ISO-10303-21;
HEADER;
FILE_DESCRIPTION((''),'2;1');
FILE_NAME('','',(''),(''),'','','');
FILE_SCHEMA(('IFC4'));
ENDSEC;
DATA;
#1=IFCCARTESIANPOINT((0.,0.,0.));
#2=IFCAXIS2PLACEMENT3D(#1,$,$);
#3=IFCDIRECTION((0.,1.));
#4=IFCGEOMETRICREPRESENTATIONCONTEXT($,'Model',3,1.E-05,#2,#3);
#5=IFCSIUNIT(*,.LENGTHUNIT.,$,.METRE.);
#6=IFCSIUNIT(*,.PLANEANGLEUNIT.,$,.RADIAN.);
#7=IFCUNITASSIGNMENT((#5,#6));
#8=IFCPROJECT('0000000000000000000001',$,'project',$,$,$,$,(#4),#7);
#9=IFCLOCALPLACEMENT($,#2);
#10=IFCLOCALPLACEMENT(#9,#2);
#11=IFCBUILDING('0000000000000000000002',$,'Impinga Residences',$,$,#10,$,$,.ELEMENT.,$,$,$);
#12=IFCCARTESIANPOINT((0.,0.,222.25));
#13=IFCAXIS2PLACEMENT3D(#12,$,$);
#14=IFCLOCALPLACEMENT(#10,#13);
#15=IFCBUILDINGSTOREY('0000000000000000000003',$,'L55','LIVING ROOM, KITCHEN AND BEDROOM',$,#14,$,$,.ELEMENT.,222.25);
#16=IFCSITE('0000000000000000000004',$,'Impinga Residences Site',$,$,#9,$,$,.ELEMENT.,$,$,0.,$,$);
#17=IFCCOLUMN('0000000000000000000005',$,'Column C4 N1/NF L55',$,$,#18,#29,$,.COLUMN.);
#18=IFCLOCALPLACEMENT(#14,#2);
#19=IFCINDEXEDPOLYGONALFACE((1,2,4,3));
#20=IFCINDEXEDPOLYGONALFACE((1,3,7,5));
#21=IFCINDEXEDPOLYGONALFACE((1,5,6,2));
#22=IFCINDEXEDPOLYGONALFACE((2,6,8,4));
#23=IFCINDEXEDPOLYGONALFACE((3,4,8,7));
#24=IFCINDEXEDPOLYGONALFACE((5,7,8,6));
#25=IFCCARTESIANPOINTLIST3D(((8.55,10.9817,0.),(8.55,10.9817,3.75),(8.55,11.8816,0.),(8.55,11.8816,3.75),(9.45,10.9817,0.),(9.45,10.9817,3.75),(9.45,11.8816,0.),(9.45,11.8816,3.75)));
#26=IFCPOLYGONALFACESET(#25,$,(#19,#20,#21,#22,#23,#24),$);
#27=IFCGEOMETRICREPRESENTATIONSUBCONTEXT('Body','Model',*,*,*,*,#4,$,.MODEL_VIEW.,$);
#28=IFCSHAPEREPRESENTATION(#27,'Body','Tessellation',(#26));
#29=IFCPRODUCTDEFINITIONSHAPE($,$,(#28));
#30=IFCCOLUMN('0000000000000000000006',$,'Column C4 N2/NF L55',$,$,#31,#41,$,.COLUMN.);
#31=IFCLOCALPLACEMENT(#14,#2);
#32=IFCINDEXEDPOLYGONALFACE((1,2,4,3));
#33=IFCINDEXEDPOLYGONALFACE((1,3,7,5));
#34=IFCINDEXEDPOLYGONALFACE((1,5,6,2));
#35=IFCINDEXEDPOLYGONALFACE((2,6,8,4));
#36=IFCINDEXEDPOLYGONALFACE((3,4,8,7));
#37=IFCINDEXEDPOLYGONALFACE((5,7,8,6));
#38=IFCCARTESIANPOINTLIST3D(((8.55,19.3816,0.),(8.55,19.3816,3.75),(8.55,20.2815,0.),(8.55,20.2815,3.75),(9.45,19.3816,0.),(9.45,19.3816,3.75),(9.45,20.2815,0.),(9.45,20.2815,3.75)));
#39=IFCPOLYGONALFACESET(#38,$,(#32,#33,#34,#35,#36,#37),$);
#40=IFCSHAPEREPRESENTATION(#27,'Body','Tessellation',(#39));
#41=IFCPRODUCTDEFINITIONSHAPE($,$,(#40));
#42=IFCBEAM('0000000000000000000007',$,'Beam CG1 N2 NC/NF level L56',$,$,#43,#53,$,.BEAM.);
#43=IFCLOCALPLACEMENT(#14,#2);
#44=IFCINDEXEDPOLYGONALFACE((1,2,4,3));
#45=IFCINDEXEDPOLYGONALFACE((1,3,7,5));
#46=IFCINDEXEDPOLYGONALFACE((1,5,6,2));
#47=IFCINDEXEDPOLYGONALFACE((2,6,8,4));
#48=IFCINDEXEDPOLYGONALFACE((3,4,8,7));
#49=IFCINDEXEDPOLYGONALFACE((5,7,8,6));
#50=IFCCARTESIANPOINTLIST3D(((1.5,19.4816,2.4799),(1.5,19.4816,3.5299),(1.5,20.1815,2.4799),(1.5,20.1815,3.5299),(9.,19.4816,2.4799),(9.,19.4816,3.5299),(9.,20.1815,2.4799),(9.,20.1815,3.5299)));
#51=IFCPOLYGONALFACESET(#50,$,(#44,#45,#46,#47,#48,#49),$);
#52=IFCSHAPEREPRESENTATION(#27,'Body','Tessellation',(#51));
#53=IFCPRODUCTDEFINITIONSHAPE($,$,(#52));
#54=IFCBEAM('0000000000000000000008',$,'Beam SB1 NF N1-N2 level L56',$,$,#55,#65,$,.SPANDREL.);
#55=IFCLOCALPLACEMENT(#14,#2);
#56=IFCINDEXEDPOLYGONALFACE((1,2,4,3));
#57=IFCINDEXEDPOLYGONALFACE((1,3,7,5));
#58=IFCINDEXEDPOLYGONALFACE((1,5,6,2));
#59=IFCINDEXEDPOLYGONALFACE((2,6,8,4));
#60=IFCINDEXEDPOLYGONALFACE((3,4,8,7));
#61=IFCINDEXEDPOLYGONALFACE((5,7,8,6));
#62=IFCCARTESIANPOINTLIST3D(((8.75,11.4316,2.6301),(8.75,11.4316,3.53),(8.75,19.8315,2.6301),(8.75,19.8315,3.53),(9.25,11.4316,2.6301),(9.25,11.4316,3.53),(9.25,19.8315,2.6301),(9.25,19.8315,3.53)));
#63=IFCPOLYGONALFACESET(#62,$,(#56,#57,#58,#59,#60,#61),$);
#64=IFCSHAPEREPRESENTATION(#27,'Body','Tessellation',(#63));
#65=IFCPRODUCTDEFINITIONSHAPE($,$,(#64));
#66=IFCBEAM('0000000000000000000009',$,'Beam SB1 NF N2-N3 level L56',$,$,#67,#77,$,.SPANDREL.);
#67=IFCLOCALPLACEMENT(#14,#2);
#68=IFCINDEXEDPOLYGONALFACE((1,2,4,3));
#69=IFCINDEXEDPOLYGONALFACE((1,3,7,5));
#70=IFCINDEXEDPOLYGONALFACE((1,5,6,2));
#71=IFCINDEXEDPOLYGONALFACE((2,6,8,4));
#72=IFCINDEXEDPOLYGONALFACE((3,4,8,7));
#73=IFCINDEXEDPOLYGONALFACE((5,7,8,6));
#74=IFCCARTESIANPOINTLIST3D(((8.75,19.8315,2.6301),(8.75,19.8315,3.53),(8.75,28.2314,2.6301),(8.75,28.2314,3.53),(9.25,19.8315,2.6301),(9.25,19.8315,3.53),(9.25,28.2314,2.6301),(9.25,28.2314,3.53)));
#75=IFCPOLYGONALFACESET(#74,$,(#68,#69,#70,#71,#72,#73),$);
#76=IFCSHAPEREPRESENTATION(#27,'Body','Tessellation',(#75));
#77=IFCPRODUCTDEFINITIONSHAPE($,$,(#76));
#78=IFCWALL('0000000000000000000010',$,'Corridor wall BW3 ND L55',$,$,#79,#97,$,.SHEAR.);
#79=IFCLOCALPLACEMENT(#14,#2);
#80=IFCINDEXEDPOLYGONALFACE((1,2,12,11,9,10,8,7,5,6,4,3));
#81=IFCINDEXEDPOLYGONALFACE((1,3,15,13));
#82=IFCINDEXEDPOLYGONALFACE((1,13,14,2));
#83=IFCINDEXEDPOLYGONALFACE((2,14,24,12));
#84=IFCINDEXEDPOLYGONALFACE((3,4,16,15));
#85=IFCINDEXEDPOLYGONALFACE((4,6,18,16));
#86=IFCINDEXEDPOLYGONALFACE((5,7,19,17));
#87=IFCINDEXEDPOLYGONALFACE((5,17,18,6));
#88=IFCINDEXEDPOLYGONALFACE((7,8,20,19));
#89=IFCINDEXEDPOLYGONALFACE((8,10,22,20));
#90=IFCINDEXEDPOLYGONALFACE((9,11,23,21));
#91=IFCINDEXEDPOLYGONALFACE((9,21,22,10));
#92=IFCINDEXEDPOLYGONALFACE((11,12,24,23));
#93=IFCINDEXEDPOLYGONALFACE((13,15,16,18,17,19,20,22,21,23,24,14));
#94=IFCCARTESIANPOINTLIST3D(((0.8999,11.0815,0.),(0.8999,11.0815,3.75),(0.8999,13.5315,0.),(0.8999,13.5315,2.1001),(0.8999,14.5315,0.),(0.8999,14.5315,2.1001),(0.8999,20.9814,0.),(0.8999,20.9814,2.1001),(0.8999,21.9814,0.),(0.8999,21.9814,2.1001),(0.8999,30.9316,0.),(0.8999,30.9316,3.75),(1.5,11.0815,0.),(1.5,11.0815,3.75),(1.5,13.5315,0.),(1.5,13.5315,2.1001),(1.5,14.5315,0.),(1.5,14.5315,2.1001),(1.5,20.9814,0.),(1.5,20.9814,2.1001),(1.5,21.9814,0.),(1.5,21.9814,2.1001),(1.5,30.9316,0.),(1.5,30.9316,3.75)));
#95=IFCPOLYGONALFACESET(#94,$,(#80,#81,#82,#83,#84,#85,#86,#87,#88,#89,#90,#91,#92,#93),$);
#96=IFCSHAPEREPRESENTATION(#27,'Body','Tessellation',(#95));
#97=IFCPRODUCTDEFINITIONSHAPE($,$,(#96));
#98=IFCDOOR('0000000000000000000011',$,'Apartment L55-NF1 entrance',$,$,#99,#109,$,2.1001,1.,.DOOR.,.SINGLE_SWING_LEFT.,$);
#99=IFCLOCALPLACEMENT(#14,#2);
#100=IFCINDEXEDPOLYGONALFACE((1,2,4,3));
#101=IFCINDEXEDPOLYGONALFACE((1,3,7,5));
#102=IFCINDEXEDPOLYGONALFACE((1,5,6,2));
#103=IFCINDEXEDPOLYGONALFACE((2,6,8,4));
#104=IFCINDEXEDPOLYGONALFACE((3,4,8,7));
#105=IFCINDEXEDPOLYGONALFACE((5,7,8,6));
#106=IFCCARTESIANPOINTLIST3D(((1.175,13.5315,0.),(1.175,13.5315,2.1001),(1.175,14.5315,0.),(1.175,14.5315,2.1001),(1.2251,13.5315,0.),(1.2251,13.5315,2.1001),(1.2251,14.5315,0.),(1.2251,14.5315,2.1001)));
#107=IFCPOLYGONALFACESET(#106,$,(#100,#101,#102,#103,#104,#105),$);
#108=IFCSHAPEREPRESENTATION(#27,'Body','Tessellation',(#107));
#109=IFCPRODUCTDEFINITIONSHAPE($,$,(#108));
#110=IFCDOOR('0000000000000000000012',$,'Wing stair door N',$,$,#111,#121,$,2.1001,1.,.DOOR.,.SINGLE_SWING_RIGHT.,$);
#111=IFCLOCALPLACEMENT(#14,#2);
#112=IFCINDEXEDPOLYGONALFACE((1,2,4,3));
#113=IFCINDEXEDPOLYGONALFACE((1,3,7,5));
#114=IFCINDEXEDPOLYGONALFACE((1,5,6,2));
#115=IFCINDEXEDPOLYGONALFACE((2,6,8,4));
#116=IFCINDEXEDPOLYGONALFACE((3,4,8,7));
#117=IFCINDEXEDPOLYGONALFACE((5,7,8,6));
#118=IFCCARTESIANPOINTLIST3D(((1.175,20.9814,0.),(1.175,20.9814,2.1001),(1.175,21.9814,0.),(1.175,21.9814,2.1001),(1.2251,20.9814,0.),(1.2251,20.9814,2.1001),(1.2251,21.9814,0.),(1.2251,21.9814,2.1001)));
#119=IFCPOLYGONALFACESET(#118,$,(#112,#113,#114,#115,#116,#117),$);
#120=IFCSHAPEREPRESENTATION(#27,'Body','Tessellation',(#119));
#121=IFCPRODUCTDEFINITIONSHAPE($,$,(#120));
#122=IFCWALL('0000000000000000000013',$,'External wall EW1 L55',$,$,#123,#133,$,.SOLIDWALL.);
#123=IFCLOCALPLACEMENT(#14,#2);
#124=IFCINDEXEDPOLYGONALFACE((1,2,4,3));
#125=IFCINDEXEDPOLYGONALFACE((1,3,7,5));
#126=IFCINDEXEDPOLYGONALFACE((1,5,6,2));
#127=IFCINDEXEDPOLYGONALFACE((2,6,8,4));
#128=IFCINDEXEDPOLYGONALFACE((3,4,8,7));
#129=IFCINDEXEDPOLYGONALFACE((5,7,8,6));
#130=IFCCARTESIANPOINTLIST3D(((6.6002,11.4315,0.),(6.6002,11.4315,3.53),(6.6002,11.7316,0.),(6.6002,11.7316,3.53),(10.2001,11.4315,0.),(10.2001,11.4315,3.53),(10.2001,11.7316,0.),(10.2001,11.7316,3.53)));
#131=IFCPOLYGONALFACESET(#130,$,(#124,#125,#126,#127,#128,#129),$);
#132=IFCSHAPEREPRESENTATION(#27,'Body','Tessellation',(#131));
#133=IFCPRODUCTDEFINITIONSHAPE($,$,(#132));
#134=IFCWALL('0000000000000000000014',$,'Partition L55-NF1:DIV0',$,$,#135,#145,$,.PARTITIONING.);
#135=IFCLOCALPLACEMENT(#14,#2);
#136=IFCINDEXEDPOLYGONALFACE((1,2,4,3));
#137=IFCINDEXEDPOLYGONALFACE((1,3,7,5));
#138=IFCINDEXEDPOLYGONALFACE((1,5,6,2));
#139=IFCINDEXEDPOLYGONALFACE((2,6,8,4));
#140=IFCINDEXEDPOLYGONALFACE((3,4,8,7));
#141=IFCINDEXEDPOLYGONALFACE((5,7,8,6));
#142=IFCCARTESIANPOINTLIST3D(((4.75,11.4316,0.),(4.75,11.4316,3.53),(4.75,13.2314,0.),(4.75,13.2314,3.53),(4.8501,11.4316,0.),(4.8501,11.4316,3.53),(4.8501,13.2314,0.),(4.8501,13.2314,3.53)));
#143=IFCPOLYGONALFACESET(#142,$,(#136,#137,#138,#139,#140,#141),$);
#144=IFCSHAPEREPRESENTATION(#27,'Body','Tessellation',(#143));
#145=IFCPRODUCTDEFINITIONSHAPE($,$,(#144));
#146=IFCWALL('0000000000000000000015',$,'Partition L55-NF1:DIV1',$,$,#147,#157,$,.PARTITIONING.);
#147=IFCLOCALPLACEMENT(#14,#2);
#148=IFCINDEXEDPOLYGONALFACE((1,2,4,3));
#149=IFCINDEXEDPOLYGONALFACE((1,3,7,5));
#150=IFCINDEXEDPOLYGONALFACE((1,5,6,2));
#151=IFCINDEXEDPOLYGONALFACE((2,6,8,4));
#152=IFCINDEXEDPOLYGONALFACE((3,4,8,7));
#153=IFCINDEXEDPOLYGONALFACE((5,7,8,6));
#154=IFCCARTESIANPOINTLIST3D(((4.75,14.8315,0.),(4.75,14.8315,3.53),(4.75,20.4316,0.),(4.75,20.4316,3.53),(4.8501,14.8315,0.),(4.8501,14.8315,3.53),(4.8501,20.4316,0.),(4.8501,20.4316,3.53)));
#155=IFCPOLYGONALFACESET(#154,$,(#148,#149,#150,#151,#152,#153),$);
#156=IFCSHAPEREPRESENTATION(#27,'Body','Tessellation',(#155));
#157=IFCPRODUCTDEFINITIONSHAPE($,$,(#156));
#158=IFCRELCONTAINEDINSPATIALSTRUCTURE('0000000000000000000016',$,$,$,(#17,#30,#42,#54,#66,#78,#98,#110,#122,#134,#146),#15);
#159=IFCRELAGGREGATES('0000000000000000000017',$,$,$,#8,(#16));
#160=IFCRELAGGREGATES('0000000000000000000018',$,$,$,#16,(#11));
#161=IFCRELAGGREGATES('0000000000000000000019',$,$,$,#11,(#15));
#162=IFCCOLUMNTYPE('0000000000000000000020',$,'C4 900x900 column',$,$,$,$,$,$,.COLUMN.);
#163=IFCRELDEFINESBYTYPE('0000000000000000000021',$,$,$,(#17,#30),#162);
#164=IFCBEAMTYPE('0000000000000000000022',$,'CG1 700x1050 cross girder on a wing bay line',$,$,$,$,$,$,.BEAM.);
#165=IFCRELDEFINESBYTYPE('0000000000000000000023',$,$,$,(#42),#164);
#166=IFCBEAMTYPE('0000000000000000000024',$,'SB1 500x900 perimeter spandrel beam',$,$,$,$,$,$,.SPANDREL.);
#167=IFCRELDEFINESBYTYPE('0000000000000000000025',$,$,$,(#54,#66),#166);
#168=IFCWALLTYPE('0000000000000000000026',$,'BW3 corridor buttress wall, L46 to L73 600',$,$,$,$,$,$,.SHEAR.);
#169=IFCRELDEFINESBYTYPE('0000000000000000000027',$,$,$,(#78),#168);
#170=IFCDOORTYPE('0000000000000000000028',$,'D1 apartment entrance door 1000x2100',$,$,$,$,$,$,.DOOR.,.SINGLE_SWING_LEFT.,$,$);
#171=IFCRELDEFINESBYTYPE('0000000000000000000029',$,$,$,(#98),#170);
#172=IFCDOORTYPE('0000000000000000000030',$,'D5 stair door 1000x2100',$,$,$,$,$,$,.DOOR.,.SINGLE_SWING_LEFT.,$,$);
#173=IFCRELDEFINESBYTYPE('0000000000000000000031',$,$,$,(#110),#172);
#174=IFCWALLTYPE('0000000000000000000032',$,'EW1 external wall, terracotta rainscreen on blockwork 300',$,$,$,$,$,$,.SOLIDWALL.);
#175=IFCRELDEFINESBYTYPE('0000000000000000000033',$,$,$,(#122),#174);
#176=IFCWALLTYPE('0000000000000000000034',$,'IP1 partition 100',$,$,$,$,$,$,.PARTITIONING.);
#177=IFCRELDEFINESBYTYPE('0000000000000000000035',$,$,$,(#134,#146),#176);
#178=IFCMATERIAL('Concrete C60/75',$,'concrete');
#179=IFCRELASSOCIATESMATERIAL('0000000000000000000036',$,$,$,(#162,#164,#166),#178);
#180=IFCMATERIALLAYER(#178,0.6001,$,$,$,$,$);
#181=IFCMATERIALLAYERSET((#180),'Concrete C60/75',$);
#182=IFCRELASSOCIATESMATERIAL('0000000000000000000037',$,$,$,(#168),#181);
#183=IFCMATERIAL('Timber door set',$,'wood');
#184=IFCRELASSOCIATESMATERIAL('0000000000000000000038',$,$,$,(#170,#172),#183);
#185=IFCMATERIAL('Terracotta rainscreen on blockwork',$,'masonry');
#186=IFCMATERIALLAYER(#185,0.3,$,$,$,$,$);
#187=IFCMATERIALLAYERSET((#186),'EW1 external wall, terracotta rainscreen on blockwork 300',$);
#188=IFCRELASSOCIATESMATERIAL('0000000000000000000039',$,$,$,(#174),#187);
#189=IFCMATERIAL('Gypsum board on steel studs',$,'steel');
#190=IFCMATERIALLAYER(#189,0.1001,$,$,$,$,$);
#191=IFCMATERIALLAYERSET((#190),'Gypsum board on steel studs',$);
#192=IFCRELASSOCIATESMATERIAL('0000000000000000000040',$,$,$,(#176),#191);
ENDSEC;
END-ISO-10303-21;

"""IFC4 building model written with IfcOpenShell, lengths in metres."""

from ifc_helpers import new_model, si_unit, direction, frame, frame_2d, origin, origin_2d, place, context, subcontext, project, spatial, rectangle, extrude, material, layer, layer_set, material_profile, profile_set, type_object, element, fill, save


model = new_model("IFC4")

# Units and contexts
model_context = context("Model", 3, precision=1e-05, world=origin(), true_north=direction((0.0, 1.0)))
body_context = subcontext(model_context, "Body", "Model", "MODEL_VIEW")
ifc_project = project(units=[si_unit("LENGTHUNIT", "METRE"), si_unit("PLANEANGLEUNIT", "RADIAN")], contexts=[model_context])

# Site, building, storey
site_placement = place(None, origin())
site = spatial("IfcSite", under=ifc_project, at=site_placement, Name="Impinga Residences Site", CompositionType="ELEMENT", RefElevation=0.0)
building_placement = place(site_placement, origin())
building = spatial("IfcBuilding", under=site, at=building_placement, Name="Impinga Residences", CompositionType="ELEMENT")
storey_placement = place(building_placement, frame((0.0, 0.0, 222.25)))
storey = spatial("IfcBuildingStorey", under=building, at=storey_placement, Name="L55", Description="LIVING ROOM, KITCHEN AND BEDROOM", CompositionType="ELEMENT", Elevation=222.25)

# Columns
ifc_material_1 = material(Name="Concrete C60/75", Category="concrete")
ifc_material_profile_1 = material_profile(ifc_material_1, rectangle(XDim=0.8999, YDim=0.8999, at=origin_2d()), Name="RC 900x900")
ifc_profile_set_1 = profile_set([ifc_material_profile_1], Name="Concrete C60/75")
column_type = type_object("IfcColumnType", Name="C4 900x900 column", PredefinedType="COLUMN", material=ifc_profile_set_1)
for number, where, z_axis, x_axis, name in (
    (1, (9.0, 11.4316, 0.0), (0.0, 0.0, 1.0), (1.0, 0.0, 0.0), "Column C4 N1/NF L55"),
    (2, (9.0, 19.8315, 0.0), (0.0, 0.0, 1.0), (1.0, 0.0, 0.0), "Column C4 N2/NF L55"),
):
    element("IfcColumn", number, at=place(storey_placement, frame(where, z_axis=z_axis, x_axis=x_axis)), inside=storey, type_object=column_type, Name=name, PredefinedType="COLUMN", context=body_context, shape_type="SweptSolid", body=[
        extrude(rectangle(XDim=0.8999, YDim=0.8999, at=origin_2d()), origin(), (0.0, 0.0, 1.0), 3.75),
    ])

# Beams
ifc_material_profile_2 = material_profile(ifc_material_1, rectangle(XDim=0.7, YDim=1.05, at=origin_2d()), Name="RC 700x1050")
ifc_profile_set_2 = profile_set([ifc_material_profile_2], Name="Concrete C60/75")
beam_type_1 = type_object("IfcBeamType", Name="CG1 700x1050 cross girder on a wing bay line", PredefinedType="BEAM", material=ifc_profile_set_2)
beam_placement = place(storey_placement, frame((1.5, 19.8315, 3.0049), z_axis=(1.0, 0.0, 0.0), x_axis=(0.0, 1.0, 0.0)))
element("IfcBeam", 3, at=beam_placement, inside=storey, type_object=beam_type_1, Name="Beam CG1 N2 NC/NF level L56", PredefinedType="BEAM", context=body_context, shape_type="SweptSolid", body=[
    extrude(rectangle(XDim=0.7, YDim=1.05, at=origin_2d()), origin(), (0.0, 0.0, 1.0), 7.5),
])
ifc_material_profile_3 = material_profile(ifc_material_1, rectangle(XDim=0.5, YDim=0.8999, at=origin_2d()), Name="RC 500x900")
ifc_profile_set_3 = profile_set([ifc_material_profile_3], Name="Concrete C60/75")
beam_type_2 = type_object("IfcBeamType", Name="SB1 500x900 perimeter spandrel beam", PredefinedType="SPANDREL", material=ifc_profile_set_3)
for number, where, z_axis, x_axis, name in (
    (4, (9.0, 11.4316, 3.0801), (0.0, 1.0, 0.0), (-1.0, 0.0, 0.0), "Beam SB1 NF N1-N2 level L56"),
    (5, (9.0, 19.8315, 3.0801), (0.0, 1.0, 0.0), (-1.0, 0.0, 0.0), "Beam SB1 NF N2-N3 level L56"),
):
    element("IfcBeam", number, at=place(storey_placement, frame(where, z_axis=z_axis, x_axis=x_axis)), inside=storey, type_object=beam_type_2, Name=name, PredefinedType="SPANDREL", context=body_context, shape_type="SweptSolid", body=[
        extrude(rectangle(XDim=0.5, YDim=0.8999, at=origin_2d()), origin(), (0.0, 0.0, 1.0), 8.3999),
    ])

# Wall, openings, doors
ifc_layer_1 = layer(ifc_material_1, 0.6001)
ifc_layer_set_1 = layer_set([ifc_layer_1], Name="Concrete C60/75")
wall_type_1 = type_object("IfcWallType", Name="BW3 corridor buttress wall, L46 to L73 600", PredefinedType="SHEAR", material=ifc_layer_set_1)
wall_1_placement = place(storey_placement, frame((1.2, 11.0815, 0.0), z_axis=(0.0, 0.0, 1.0), x_axis=(0.0, 1.0, 0.0)))
wall_1 = element("IfcWall", 6, at=wall_1_placement, inside=storey, type_object=wall_type_1, Name="Corridor wall BW3 ND L55", PredefinedType="SHEAR", context=body_context, shape_type="SweptSolid", body=[
    extrude(rectangle(XDim=19.8501, YDim=0.6001, at=frame_2d((9.925, 0.0))), origin(), (0.0, 0.0, 1.0), 3.75),
])
opening_1_placement = place(wall_1_placement, frame((9.8999, 0.0, 0.0)))
opening_1 = element("IfcOpeningElement", 7, at=opening_1_placement, cuts=wall_1, PredefinedType="OPENING", context=body_context, shape_type="SweptSolid", body=[
    extrude(rectangle(XDim=1.0, YDim=2.1001, at=frame_2d((0.5, 1.05))), frame((0.0, 0.3101, 0.0), z_axis=(0.0, -1.0, 0.0), x_axis=(1.0, 0.0, 0.0)), (0.0, 0.0, 1.0), 0.6201),
])
opening_2_placement = place(wall_1_placement, frame((2.45, 0.0, 0.0)))
opening_2 = element("IfcOpeningElement", 8, at=opening_2_placement, cuts=wall_1, PredefinedType="OPENING", context=body_context, shape_type="SweptSolid", body=[
    extrude(rectangle(XDim=1.0, YDim=2.1001, at=frame_2d((0.5, 1.05))), frame((0.0, 0.3101, 0.0), z_axis=(0.0, -1.0, 0.0), x_axis=(1.0, 0.0, 0.0)), (0.0, 0.0, 1.0), 0.6201),
])
ifc_material_2 = material(Name="Timber door set", Category="wood")
door_type_1 = type_object("IfcDoorType", Name="D1 apartment entrance door 1000x2100", OperationType="SINGLE_SWING_LEFT", PredefinedType="DOOR", material=ifc_material_2)
door_1_placement = place(opening_2_placement, origin())
door_1 = element("IfcDoor", 9, at=door_1_placement, inside=storey, type_object=door_type_1, Name="Apartment L55-NF1 entrance", OperationType="SINGLE_SWING_LEFT", OverallHeight=2.1001, OverallWidth=1.0, PredefinedType="DOOR", context=body_context, shape_type="SweptSolid", body=[
    extrude(rectangle(XDim=1.0, YDim=2.1001, at=frame_2d((0.5, 1.05))), frame((0.0, 0.0249, 0.0), z_axis=(0.0, -1.0, 0.0), x_axis=(1.0, 0.0, 0.0)), (0.0, 0.0, 1.0), 0.05),
])
fill(opening_2, door_1)
door_type_2 = type_object("IfcDoorType", Name="D5 stair door 1000x2100", OperationType="SINGLE_SWING_LEFT", PredefinedType="DOOR", material=ifc_material_2)
door_2_placement = place(opening_1_placement, origin())
door_2 = element("IfcDoor", 10, at=door_2_placement, inside=storey, type_object=door_type_2, Name="Wing stair door N", OperationType="SINGLE_SWING_RIGHT", OverallHeight=2.1001, OverallWidth=1.0, PredefinedType="DOOR", context=body_context, shape_type="SweptSolid", body=[
    extrude(rectangle(XDim=1.0, YDim=2.1001, at=frame_2d((0.5, 1.05))), frame((0.0, 0.0249, 0.0), z_axis=(0.0, -1.0, 0.0), x_axis=(1.0, 0.0, 0.0)), (0.0, 0.0, 1.0), 0.05),
])
fill(opening_1, door_2)

# Walls
ifc_material_3 = material(Name="Terracotta rainscreen on blockwork", Category="masonry")
ifc_layer_2 = layer(ifc_material_3, 0.3)
ifc_layer_set_2 = layer_set([ifc_layer_2], Name="EW1 external wall, terracotta rainscreen on blockwork 300")
wall_type_2 = type_object("IfcWallType", Name="EW1 external wall, terracotta rainscreen on blockwork 300", PredefinedType="SOLIDWALL", material=ifc_layer_set_2)
wall_2_placement = place(storey_placement, frame((10.2, 11.5815, 0.0), z_axis=(0.0, 0.0, 1.0), x_axis=(-1.0, 0.0, 0.0)))
element("IfcWall", 11, at=wall_2_placement, inside=storey, type_object=wall_type_2, Name="External wall EW1 L55", PredefinedType="SOLIDWALL", context=body_context, shape_type="SweptSolid", body=[
    extrude(rectangle(XDim=3.5999, YDim=0.3, at=frame_2d((1.7998, 0.0))), origin(), (0.0, 0.0, 1.0), 3.53),
])
ifc_material_4 = material(Name="Gypsum board on steel studs", Category="steel")
ifc_layer_3 = layer(ifc_material_4, 0.1001)
ifc_layer_set_3 = layer_set([ifc_layer_3], Name="Gypsum board on steel studs")
wall_type_3 = type_object("IfcWallType", Name="IP1 partition 100", PredefinedType="PARTITIONING", material=ifc_layer_set_3)
wall_3_placement = place(storey_placement, frame((4.8, 11.4316, 0.0), z_axis=(0.0, 0.0, 1.0), x_axis=(0.0, 1.0, 0.0)))
element("IfcWall", 12, at=wall_3_placement, inside=storey, type_object=wall_type_3, Name="Partition L55-NF1:DIV0", PredefinedType="PARTITIONING", context=body_context, shape_type="SweptSolid", body=[
    extrude(rectangle(XDim=1.7998, YDim=0.1001, at=frame_2d((0.8999, 0.0))), origin(), (0.0, 0.0, 1.0), 3.53),
])
wall_4_placement = place(storey_placement, frame((4.8, 14.8315, 0.0), z_axis=(0.0, 0.0, 1.0), x_axis=(0.0, 1.0, 0.0)))
element("IfcWall", 13, at=wall_4_placement, inside=storey, type_object=wall_type_3, Name="Partition L55-NF1:DIV1", PredefinedType="PARTITIONING", context=body_context, shape_type="SweptSolid", body=[
    extrude(rectangle(XDim=5.6001, YDim=0.1001, at=frame_2d((2.8, 0.0))), origin(), (0.0, 0.0, 1.0), 3.53),
])

save(model, "model.ifc")
